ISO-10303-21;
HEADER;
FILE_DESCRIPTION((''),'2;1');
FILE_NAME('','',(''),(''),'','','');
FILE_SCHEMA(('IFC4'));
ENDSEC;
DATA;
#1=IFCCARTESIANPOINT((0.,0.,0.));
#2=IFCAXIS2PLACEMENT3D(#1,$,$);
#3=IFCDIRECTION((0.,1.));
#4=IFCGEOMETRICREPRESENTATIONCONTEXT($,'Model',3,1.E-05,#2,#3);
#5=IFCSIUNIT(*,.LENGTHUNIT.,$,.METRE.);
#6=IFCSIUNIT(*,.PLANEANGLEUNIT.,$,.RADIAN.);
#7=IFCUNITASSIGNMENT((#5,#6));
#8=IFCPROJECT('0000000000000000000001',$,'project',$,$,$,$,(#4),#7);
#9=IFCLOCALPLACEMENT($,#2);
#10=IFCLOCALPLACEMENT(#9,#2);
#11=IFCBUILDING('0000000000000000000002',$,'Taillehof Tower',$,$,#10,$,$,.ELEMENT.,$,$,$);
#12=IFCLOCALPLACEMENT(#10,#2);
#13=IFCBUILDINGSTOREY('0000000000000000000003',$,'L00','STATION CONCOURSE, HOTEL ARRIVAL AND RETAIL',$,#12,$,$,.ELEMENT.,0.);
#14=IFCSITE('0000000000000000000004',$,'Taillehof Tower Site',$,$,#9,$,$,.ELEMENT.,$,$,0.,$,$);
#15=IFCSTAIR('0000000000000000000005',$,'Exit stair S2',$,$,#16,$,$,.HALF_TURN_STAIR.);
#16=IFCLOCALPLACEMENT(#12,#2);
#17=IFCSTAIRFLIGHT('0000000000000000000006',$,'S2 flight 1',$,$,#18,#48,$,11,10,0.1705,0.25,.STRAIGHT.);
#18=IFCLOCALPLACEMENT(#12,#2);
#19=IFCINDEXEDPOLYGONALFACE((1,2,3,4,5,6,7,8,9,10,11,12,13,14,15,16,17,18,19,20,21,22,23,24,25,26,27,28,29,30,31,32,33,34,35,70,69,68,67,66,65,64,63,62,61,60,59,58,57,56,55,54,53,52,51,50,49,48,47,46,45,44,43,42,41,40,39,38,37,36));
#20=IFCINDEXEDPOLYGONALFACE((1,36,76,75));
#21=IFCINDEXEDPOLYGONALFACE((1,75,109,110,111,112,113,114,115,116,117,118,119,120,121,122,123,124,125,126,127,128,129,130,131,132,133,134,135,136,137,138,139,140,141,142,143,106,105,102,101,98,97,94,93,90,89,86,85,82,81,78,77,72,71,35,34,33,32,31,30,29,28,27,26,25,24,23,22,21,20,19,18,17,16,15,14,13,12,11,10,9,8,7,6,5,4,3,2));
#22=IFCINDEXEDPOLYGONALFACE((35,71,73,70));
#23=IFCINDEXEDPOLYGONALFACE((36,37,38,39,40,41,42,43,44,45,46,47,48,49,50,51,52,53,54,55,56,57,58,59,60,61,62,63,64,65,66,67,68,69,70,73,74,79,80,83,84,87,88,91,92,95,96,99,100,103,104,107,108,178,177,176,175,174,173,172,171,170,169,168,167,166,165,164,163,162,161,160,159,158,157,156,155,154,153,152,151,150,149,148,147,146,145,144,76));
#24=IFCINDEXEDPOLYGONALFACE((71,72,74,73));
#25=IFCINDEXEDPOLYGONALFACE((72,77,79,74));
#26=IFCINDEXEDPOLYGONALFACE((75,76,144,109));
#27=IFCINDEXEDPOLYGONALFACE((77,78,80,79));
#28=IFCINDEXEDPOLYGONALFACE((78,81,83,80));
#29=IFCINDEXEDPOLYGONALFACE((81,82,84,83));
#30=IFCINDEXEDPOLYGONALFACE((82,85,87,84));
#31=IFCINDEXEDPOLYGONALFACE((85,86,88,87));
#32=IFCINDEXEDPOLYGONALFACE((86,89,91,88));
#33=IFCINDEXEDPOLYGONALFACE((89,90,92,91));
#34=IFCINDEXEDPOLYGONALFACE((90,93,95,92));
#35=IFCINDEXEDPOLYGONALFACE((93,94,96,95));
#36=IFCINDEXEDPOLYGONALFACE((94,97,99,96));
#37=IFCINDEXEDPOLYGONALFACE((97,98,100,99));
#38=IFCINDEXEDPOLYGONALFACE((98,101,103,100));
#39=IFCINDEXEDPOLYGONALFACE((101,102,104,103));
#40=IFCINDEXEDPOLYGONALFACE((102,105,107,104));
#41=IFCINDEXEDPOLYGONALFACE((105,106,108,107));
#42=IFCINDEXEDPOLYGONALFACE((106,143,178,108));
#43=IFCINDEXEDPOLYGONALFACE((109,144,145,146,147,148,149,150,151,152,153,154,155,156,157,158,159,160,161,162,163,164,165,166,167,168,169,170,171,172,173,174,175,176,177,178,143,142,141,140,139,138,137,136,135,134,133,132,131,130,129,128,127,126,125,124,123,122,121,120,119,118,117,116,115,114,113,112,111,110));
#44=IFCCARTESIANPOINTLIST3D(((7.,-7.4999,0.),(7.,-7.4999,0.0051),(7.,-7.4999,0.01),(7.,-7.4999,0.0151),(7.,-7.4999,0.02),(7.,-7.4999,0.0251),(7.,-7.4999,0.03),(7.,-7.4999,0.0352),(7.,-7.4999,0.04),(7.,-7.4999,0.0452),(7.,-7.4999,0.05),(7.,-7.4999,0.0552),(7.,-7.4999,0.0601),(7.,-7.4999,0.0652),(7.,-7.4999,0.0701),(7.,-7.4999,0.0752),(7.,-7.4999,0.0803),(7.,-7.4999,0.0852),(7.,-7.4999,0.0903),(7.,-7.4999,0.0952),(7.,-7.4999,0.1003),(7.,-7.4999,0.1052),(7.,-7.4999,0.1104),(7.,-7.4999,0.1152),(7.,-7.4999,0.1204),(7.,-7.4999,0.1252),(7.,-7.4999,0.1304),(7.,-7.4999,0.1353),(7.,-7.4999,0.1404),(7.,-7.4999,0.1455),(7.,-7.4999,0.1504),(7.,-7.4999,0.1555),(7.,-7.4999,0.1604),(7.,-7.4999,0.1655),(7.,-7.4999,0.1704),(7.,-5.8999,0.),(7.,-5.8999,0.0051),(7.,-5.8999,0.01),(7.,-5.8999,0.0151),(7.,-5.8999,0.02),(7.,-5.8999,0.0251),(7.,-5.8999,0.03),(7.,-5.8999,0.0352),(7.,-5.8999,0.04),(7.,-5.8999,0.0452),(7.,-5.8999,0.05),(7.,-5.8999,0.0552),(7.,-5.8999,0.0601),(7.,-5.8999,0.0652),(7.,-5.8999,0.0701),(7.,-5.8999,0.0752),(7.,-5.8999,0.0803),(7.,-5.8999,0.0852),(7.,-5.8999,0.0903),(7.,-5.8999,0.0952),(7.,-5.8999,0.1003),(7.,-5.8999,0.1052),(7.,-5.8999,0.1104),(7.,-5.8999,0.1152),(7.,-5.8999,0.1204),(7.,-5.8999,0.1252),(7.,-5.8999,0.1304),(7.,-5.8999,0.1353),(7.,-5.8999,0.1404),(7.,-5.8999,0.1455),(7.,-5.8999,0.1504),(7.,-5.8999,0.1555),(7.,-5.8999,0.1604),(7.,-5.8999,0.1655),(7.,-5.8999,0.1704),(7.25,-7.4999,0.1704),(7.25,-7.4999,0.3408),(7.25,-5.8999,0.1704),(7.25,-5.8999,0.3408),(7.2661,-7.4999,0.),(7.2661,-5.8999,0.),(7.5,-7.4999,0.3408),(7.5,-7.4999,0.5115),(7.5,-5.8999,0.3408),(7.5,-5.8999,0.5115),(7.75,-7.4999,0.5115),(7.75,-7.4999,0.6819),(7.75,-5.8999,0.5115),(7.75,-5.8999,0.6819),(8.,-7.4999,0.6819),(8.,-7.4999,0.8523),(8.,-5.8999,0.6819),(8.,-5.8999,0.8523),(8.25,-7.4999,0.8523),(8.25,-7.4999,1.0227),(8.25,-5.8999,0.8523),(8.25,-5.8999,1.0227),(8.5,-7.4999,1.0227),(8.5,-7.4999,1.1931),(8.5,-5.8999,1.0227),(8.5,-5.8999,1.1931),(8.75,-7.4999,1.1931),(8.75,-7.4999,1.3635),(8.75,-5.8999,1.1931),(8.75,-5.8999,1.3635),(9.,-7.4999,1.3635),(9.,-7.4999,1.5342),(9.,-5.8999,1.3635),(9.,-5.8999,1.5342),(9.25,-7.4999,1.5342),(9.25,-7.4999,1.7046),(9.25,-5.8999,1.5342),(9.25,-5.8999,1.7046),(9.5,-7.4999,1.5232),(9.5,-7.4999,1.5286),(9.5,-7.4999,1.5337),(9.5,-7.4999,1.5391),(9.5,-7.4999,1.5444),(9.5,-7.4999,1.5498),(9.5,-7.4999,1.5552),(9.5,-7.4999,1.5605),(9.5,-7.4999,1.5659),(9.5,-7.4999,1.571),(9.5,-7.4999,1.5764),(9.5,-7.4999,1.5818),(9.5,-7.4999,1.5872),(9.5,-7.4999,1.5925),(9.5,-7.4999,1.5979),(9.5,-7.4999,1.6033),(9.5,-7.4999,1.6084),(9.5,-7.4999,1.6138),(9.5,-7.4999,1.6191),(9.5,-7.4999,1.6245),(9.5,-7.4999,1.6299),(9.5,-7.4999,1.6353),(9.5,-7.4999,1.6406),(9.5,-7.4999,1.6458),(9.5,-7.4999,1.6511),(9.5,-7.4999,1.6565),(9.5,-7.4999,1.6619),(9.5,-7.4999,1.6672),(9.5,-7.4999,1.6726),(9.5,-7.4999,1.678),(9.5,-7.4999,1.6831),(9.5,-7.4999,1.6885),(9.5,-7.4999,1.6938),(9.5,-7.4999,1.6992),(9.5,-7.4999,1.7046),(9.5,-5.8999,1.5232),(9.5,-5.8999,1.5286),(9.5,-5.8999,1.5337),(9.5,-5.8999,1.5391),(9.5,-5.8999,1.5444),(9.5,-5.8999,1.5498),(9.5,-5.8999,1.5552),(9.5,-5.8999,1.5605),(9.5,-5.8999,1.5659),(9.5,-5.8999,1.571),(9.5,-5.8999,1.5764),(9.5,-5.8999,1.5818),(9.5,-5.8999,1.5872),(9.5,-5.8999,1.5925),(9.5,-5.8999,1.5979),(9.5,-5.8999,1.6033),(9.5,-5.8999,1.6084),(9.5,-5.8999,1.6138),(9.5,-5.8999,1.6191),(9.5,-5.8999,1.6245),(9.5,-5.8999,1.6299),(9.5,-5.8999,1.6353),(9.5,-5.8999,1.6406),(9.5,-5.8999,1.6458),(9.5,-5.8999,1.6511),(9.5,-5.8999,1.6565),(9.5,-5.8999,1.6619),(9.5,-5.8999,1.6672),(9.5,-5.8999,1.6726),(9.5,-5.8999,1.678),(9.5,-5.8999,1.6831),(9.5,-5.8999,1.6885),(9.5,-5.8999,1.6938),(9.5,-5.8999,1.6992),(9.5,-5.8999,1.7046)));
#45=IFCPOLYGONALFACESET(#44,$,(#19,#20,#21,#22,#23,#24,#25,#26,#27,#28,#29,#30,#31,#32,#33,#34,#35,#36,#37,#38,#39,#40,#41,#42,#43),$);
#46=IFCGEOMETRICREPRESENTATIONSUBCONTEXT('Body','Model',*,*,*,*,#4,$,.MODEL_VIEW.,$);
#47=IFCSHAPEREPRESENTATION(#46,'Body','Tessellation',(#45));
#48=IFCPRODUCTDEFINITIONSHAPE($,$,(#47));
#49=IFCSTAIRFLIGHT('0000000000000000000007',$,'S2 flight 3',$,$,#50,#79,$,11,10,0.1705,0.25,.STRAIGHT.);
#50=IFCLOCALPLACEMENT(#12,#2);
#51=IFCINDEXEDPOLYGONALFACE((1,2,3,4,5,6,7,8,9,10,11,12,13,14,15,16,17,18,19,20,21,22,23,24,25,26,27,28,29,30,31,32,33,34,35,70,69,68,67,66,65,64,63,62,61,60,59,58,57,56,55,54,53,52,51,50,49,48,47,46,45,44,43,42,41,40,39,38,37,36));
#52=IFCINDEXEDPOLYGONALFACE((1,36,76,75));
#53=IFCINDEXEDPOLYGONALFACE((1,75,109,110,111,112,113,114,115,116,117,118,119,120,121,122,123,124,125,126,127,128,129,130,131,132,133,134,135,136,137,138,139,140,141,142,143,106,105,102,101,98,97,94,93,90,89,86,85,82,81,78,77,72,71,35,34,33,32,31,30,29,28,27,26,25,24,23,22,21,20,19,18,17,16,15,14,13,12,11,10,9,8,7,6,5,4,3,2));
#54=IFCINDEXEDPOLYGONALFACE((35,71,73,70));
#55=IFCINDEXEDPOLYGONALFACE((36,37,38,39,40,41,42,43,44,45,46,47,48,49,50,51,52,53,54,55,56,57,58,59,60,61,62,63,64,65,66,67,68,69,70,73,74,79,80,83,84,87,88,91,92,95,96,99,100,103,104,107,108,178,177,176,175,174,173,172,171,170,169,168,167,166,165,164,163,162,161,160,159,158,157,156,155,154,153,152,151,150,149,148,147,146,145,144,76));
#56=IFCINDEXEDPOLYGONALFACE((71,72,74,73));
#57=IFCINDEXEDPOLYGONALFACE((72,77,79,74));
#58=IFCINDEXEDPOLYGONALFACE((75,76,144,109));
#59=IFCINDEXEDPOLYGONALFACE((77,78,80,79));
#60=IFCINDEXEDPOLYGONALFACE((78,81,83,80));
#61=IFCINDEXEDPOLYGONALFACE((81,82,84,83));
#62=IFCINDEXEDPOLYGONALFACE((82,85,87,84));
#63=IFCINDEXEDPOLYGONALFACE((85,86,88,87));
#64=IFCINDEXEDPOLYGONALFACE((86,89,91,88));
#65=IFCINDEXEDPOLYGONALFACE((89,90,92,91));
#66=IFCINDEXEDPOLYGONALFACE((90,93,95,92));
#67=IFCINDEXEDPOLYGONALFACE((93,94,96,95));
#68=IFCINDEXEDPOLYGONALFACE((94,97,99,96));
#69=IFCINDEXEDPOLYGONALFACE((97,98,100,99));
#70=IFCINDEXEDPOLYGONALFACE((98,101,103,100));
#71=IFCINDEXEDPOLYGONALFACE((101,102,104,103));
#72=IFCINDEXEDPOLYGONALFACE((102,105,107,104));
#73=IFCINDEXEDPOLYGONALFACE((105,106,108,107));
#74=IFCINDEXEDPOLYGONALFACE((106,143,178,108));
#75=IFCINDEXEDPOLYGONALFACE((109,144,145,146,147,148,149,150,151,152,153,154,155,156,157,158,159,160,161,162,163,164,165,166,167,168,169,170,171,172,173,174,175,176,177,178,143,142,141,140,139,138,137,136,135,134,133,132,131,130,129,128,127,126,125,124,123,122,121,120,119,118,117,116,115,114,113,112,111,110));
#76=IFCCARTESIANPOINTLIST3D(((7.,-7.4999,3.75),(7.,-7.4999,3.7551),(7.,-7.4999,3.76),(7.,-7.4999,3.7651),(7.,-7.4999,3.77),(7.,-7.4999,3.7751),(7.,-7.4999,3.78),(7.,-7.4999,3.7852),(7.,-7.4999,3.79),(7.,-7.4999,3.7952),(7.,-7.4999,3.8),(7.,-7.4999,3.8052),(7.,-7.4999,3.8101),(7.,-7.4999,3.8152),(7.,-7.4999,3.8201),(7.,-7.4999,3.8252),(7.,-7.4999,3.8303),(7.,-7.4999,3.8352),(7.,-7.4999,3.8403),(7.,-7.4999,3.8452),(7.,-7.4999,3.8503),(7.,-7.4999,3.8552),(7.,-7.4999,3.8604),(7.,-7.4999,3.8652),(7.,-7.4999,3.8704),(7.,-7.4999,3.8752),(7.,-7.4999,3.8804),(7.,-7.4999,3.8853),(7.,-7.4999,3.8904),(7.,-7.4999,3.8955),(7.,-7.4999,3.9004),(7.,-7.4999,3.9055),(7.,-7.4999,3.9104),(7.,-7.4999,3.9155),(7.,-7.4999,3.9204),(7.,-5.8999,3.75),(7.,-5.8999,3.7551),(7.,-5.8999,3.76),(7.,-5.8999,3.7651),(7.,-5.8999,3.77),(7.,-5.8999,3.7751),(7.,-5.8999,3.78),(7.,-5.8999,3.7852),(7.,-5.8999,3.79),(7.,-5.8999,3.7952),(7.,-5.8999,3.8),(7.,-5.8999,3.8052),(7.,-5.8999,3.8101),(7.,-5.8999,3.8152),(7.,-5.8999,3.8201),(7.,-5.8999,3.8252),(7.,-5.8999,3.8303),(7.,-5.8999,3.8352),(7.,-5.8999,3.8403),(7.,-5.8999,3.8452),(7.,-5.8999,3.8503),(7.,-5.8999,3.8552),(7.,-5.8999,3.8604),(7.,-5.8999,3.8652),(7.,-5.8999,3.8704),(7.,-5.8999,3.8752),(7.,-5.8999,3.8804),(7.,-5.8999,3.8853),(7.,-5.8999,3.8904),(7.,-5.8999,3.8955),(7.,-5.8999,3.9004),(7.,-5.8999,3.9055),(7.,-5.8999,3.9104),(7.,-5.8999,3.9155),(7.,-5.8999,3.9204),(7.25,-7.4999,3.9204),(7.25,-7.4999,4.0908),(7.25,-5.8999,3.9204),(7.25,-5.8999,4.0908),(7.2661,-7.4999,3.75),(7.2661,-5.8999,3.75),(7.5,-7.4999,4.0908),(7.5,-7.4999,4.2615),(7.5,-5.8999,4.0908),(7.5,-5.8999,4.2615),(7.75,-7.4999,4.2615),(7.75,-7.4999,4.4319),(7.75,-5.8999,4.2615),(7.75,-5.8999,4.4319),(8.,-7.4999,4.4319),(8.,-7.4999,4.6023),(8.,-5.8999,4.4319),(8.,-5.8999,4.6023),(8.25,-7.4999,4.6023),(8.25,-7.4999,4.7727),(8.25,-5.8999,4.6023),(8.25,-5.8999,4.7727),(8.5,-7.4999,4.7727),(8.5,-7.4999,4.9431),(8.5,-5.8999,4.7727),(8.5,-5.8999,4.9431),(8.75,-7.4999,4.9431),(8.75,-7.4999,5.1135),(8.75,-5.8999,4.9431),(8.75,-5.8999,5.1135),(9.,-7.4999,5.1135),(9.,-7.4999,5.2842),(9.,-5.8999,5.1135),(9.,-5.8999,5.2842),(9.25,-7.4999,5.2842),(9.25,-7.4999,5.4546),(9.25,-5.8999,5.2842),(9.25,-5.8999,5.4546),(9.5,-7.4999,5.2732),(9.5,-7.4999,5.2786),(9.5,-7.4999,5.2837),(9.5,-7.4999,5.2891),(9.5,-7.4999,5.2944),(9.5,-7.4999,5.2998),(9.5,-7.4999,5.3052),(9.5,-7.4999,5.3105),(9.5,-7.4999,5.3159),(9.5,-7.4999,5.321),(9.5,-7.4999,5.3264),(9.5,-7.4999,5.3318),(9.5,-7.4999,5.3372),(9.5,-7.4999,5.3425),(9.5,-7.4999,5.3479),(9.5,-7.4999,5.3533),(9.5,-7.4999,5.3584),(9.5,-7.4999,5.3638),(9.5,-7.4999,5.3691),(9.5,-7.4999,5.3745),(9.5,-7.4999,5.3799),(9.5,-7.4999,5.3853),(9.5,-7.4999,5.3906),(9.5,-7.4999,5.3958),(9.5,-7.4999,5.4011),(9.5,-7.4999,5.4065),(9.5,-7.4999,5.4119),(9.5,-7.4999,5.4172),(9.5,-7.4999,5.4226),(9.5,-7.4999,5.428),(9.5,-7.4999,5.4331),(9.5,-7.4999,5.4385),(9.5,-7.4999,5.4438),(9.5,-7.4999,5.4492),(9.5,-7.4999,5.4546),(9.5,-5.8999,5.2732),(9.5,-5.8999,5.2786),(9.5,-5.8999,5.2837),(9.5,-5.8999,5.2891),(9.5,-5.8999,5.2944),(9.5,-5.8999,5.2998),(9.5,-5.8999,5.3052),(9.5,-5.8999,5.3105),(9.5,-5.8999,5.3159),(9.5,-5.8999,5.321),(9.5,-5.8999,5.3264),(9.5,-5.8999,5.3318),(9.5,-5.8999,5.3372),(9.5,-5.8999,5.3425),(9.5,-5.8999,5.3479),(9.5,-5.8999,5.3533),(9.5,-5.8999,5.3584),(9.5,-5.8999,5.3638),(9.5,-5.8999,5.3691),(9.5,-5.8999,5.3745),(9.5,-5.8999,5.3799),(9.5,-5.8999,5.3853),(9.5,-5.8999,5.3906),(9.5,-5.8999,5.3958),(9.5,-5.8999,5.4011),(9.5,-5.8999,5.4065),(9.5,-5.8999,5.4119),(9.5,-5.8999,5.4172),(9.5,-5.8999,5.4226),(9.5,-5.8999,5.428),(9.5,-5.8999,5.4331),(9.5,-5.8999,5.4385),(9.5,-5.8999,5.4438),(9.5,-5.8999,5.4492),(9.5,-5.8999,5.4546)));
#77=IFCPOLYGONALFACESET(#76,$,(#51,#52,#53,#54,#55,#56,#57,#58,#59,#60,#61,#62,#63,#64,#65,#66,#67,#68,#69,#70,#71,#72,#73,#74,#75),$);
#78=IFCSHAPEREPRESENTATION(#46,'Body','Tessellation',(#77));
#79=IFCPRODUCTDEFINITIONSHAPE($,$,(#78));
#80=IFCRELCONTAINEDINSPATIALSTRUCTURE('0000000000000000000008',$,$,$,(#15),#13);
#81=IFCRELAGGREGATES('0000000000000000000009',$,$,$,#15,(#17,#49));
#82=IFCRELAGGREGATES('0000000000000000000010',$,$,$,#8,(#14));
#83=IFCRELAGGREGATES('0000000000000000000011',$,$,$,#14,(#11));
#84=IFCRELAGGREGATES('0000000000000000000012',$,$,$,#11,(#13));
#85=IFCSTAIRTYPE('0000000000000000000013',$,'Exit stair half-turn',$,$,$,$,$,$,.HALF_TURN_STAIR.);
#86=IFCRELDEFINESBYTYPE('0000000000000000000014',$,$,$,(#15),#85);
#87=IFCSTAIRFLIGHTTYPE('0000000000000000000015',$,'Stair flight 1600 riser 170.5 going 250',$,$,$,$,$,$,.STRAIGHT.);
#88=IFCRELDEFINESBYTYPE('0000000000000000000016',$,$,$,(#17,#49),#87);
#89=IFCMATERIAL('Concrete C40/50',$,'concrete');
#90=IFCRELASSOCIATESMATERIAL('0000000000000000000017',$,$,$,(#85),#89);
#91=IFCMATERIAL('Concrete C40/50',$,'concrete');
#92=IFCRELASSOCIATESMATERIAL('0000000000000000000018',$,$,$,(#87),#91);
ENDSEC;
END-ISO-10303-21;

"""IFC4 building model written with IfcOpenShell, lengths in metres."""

from ifc_helpers import new_model, si_unit, direction, frame, origin, place, context, subcontext, project, spatial, polyline, outline, extrude, material, type_object, element, aggregate, save


model = new_model("IFC4")

# Units and contexts
model_context = context("Model", 3, precision=1e-05, world=origin(), true_north=direction((0.0, 1.0)))
body_context = subcontext(model_context, "Body", "Model", "MODEL_VIEW")
ifc_project = project(units=[si_unit("LENGTHUNIT", "METRE"), si_unit("PLANEANGLEUNIT", "RADIAN")], contexts=[model_context])

# Site, building, storey
site_placement = place(None, origin())
site = spatial("IfcSite", under=ifc_project, at=site_placement, Name="Taillehof Tower Site", CompositionType="ELEMENT", RefElevation=0.0)
building_placement = place(site_placement, origin())
building = spatial("IfcBuilding", under=site, at=building_placement, Name="Taillehof Tower", CompositionType="ELEMENT")
storey_placement = place(building_placement, origin())
storey = spatial("IfcBuildingStorey", under=building, at=storey_placement, Name="L00", Description="STATION CONCOURSE, HOTEL ARRIVAL AND RETAIL", CompositionType="ELEMENT", Elevation=0.0)

# Stair, stair flights
ifc_material_1 = material(Name="Concrete C40/50", Category="concrete")
stair_type = type_object("IfcStairType", Name="Exit stair half-turn", PredefinedType="HALF_TURN_STAIR", material=ifc_material_1)
stair_placement = place(storey_placement, origin())
stair = element("IfcStair", 1, at=stair_placement, inside=storey, type_object=stair_type, Name="Exit stair S2", PredefinedType="HALF_TURN_STAIR")
ifc_material_2 = material(Name="Concrete C40/50", Category="concrete")
stair_flight_type = type_object("IfcStairFlightType", Name="Stair flight 1600 riser 170.5 going 250", PredefinedType="STRAIGHT", material=ifc_material_2)
stair_flight_1_placement = place(storey_placement, frame((7.0, -6.7, 0.0), z_axis=(0.0, 0.0, 1.0), x_axis=(1.0, 0.0, 0.0)))
stair_flight_1 = element("IfcStairFlight", 2, at=stair_flight_1_placement, type_object=stair_flight_type, Name="S2 flight 1", NumberOfRisers=11, NumberOfTreads=10, PredefinedType="STRAIGHT", RiserHeight=0.1705, TreadLength=0.25, context=body_context, shape_type="SweptSolid", body=[
    extrude(outline(polyline([(0.0, 0.0), (0.0, 0.0051), (0.0, 0.01), (0.0, 0.0151), (0.0, 0.02), (0.0, 0.0251), (0.0, 0.03), (0.0, 0.0352), (0.0, 0.04), (0.0, 0.0452), (0.0, 0.05), (0.0, 0.0552), (0.0, 0.0601), (0.0, 0.0652), (0.0, 0.0701), (0.0, 0.0752), (0.0, 0.0803), (0.0, 0.0852), (0.0, 0.0903), (0.0, 0.0952), (0.0, 0.1003), (0.0, 0.1052), (0.0, 0.1104), (0.0, 0.1152), (0.0, 0.1204), (0.0, 0.1252), (0.0, 0.1304), (0.0, 0.1353), (0.0, 0.1404), (0.0, 0.1455), (0.0, 0.1504), (0.0, 0.1555), (0.0, 0.1604), (0.0, 0.1655), (0.0, 0.1704), (0.25, 0.1704), (0.25, 0.3408), (0.5, 0.3408), (0.5, 0.5115), (0.75, 0.5115), (0.75, 0.6819), (1.0, 0.6819), (1.0, 0.8523), (1.25, 0.8523), (1.25, 1.0227), (1.5, 1.0227), (1.5, 1.1931), (1.75, 1.1931), (1.75, 1.3635), (2.0, 1.3635), (2.0, 1.5342), (2.25, 1.5342), (2.25, 1.7046), (2.5, 1.7046), (2.5, 1.6992), (2.5, 1.6938), (2.5, 1.6885), (2.5, 1.6831), (2.5, 1.678), (2.5, 1.6726), (2.5, 1.6672), (2.5, 1.6619), (2.5, 1.6565), (2.5, 1.6511), (2.5, 1.6458), (2.5, 1.6406), (2.5, 1.6353), (2.5, 1.6299), (2.5, 1.6245), (2.5, 1.6191), (2.5, 1.6138), (2.5, 1.6084), (2.5, 1.6033), (2.5, 1.5979), (2.5, 1.5925), (2.5, 1.5872), (2.5, 1.5818), (2.5, 1.5764), (2.5, 1.571), (2.5, 1.5659), (2.5, 1.5605), (2.5, 1.5552), (2.5, 1.5498), (2.5, 1.5444), (2.5, 1.5391), (2.5, 1.5337), (2.5, 1.5286), (2.5, 1.5232), (0.2661, 0.0), (0.0, 0.0)])), frame((0.0, 0.8, 0.0), z_axis=(0.0, -1.0, 0.0), x_axis=(1.0, 0.0, 0.0)), (0.0, 0.0, 1.0), 1.6),
])
stair_flight_2_placement = place(storey_placement, frame((7.0, -6.7, 3.75), z_axis=(0.0, 0.0, 1.0), x_axis=(1.0, 0.0, 0.0)))
stair_flight_2 = element("IfcStairFlight", 3, at=stair_flight_2_placement, type_object=stair_flight_type, Name="S2 flight 3", NumberOfRisers=11, NumberOfTreads=10, PredefinedType="STRAIGHT", RiserHeight=0.1705, TreadLength=0.25, context=body_context, shape_type="SweptSolid", body=[
    extrude(outline(polyline([(0.0, 0.0), (0.0, 0.0051), (0.0, 0.01), (0.0, 0.0151), (0.0, 0.02), (0.0, 0.0251), (0.0, 0.03), (0.0, 0.0352), (0.0, 0.04), (0.0, 0.0452), (0.0, 0.05), (0.0, 0.0552), (0.0, 0.0601), (0.0, 0.0652), (0.0, 0.0701), (0.0, 0.0752), (0.0, 0.0803), (0.0, 0.0852), (0.0, 0.0903), (0.0, 0.0952), (0.0, 0.1003), (0.0, 0.1052), (0.0, 0.1104), (0.0, 0.1152), (0.0, 0.1204), (0.0, 0.1252), (0.0, 0.1304), (0.0, 0.1353), (0.0, 0.1404), (0.0, 0.1455), (0.0, 0.1504), (0.0, 0.1555), (0.0, 0.1604), (0.0, 0.1655), (0.0, 0.1704), (0.25, 0.1704), (0.25, 0.3408), (0.5, 0.3408), (0.5, 0.5115), (0.75, 0.5115), (0.75, 0.6819), (1.0, 0.6819), (1.0, 0.8523), (1.25, 0.8523), (1.25, 1.0227), (1.5, 1.0227), (1.5, 1.1931), (1.75, 1.1931), (1.75, 1.3635), (2.0, 1.3635), (2.0, 1.5342), (2.25, 1.5342), (2.25, 1.7046), (2.5, 1.7046), (2.5, 1.6992), (2.5, 1.6938), (2.5, 1.6885), (2.5, 1.6831), (2.5, 1.678), (2.5, 1.6726), (2.5, 1.6672), (2.5, 1.6619), (2.5, 1.6565), (2.5, 1.6511), (2.5, 1.6458), (2.5, 1.6406), (2.5, 1.6353), (2.5, 1.6299), (2.5, 1.6245), (2.5, 1.6191), (2.5, 1.6138), (2.5, 1.6084), (2.5, 1.6033), (2.5, 1.5979), (2.5, 1.5925), (2.5, 1.5872), (2.5, 1.5818), (2.5, 1.5764), (2.5, 1.571), (2.5, 1.5659), (2.5, 1.5605), (2.5, 1.5552), (2.5, 1.5498), (2.5, 1.5444), (2.5, 1.5391), (2.5, 1.5337), (2.5, 1.5286), (2.5, 1.5232), (0.2661, 0.0), (0.0, 0.0)])), frame((0.0, 0.8, 0.0), z_axis=(0.0, -1.0, 0.0), x_axis=(1.0, 0.0, 0.0)), (0.0, 0.0, 1.0), 1.6),
])
aggregate(stair, [stair_flight_1, stair_flight_2])

save(model, "model.ifc")
